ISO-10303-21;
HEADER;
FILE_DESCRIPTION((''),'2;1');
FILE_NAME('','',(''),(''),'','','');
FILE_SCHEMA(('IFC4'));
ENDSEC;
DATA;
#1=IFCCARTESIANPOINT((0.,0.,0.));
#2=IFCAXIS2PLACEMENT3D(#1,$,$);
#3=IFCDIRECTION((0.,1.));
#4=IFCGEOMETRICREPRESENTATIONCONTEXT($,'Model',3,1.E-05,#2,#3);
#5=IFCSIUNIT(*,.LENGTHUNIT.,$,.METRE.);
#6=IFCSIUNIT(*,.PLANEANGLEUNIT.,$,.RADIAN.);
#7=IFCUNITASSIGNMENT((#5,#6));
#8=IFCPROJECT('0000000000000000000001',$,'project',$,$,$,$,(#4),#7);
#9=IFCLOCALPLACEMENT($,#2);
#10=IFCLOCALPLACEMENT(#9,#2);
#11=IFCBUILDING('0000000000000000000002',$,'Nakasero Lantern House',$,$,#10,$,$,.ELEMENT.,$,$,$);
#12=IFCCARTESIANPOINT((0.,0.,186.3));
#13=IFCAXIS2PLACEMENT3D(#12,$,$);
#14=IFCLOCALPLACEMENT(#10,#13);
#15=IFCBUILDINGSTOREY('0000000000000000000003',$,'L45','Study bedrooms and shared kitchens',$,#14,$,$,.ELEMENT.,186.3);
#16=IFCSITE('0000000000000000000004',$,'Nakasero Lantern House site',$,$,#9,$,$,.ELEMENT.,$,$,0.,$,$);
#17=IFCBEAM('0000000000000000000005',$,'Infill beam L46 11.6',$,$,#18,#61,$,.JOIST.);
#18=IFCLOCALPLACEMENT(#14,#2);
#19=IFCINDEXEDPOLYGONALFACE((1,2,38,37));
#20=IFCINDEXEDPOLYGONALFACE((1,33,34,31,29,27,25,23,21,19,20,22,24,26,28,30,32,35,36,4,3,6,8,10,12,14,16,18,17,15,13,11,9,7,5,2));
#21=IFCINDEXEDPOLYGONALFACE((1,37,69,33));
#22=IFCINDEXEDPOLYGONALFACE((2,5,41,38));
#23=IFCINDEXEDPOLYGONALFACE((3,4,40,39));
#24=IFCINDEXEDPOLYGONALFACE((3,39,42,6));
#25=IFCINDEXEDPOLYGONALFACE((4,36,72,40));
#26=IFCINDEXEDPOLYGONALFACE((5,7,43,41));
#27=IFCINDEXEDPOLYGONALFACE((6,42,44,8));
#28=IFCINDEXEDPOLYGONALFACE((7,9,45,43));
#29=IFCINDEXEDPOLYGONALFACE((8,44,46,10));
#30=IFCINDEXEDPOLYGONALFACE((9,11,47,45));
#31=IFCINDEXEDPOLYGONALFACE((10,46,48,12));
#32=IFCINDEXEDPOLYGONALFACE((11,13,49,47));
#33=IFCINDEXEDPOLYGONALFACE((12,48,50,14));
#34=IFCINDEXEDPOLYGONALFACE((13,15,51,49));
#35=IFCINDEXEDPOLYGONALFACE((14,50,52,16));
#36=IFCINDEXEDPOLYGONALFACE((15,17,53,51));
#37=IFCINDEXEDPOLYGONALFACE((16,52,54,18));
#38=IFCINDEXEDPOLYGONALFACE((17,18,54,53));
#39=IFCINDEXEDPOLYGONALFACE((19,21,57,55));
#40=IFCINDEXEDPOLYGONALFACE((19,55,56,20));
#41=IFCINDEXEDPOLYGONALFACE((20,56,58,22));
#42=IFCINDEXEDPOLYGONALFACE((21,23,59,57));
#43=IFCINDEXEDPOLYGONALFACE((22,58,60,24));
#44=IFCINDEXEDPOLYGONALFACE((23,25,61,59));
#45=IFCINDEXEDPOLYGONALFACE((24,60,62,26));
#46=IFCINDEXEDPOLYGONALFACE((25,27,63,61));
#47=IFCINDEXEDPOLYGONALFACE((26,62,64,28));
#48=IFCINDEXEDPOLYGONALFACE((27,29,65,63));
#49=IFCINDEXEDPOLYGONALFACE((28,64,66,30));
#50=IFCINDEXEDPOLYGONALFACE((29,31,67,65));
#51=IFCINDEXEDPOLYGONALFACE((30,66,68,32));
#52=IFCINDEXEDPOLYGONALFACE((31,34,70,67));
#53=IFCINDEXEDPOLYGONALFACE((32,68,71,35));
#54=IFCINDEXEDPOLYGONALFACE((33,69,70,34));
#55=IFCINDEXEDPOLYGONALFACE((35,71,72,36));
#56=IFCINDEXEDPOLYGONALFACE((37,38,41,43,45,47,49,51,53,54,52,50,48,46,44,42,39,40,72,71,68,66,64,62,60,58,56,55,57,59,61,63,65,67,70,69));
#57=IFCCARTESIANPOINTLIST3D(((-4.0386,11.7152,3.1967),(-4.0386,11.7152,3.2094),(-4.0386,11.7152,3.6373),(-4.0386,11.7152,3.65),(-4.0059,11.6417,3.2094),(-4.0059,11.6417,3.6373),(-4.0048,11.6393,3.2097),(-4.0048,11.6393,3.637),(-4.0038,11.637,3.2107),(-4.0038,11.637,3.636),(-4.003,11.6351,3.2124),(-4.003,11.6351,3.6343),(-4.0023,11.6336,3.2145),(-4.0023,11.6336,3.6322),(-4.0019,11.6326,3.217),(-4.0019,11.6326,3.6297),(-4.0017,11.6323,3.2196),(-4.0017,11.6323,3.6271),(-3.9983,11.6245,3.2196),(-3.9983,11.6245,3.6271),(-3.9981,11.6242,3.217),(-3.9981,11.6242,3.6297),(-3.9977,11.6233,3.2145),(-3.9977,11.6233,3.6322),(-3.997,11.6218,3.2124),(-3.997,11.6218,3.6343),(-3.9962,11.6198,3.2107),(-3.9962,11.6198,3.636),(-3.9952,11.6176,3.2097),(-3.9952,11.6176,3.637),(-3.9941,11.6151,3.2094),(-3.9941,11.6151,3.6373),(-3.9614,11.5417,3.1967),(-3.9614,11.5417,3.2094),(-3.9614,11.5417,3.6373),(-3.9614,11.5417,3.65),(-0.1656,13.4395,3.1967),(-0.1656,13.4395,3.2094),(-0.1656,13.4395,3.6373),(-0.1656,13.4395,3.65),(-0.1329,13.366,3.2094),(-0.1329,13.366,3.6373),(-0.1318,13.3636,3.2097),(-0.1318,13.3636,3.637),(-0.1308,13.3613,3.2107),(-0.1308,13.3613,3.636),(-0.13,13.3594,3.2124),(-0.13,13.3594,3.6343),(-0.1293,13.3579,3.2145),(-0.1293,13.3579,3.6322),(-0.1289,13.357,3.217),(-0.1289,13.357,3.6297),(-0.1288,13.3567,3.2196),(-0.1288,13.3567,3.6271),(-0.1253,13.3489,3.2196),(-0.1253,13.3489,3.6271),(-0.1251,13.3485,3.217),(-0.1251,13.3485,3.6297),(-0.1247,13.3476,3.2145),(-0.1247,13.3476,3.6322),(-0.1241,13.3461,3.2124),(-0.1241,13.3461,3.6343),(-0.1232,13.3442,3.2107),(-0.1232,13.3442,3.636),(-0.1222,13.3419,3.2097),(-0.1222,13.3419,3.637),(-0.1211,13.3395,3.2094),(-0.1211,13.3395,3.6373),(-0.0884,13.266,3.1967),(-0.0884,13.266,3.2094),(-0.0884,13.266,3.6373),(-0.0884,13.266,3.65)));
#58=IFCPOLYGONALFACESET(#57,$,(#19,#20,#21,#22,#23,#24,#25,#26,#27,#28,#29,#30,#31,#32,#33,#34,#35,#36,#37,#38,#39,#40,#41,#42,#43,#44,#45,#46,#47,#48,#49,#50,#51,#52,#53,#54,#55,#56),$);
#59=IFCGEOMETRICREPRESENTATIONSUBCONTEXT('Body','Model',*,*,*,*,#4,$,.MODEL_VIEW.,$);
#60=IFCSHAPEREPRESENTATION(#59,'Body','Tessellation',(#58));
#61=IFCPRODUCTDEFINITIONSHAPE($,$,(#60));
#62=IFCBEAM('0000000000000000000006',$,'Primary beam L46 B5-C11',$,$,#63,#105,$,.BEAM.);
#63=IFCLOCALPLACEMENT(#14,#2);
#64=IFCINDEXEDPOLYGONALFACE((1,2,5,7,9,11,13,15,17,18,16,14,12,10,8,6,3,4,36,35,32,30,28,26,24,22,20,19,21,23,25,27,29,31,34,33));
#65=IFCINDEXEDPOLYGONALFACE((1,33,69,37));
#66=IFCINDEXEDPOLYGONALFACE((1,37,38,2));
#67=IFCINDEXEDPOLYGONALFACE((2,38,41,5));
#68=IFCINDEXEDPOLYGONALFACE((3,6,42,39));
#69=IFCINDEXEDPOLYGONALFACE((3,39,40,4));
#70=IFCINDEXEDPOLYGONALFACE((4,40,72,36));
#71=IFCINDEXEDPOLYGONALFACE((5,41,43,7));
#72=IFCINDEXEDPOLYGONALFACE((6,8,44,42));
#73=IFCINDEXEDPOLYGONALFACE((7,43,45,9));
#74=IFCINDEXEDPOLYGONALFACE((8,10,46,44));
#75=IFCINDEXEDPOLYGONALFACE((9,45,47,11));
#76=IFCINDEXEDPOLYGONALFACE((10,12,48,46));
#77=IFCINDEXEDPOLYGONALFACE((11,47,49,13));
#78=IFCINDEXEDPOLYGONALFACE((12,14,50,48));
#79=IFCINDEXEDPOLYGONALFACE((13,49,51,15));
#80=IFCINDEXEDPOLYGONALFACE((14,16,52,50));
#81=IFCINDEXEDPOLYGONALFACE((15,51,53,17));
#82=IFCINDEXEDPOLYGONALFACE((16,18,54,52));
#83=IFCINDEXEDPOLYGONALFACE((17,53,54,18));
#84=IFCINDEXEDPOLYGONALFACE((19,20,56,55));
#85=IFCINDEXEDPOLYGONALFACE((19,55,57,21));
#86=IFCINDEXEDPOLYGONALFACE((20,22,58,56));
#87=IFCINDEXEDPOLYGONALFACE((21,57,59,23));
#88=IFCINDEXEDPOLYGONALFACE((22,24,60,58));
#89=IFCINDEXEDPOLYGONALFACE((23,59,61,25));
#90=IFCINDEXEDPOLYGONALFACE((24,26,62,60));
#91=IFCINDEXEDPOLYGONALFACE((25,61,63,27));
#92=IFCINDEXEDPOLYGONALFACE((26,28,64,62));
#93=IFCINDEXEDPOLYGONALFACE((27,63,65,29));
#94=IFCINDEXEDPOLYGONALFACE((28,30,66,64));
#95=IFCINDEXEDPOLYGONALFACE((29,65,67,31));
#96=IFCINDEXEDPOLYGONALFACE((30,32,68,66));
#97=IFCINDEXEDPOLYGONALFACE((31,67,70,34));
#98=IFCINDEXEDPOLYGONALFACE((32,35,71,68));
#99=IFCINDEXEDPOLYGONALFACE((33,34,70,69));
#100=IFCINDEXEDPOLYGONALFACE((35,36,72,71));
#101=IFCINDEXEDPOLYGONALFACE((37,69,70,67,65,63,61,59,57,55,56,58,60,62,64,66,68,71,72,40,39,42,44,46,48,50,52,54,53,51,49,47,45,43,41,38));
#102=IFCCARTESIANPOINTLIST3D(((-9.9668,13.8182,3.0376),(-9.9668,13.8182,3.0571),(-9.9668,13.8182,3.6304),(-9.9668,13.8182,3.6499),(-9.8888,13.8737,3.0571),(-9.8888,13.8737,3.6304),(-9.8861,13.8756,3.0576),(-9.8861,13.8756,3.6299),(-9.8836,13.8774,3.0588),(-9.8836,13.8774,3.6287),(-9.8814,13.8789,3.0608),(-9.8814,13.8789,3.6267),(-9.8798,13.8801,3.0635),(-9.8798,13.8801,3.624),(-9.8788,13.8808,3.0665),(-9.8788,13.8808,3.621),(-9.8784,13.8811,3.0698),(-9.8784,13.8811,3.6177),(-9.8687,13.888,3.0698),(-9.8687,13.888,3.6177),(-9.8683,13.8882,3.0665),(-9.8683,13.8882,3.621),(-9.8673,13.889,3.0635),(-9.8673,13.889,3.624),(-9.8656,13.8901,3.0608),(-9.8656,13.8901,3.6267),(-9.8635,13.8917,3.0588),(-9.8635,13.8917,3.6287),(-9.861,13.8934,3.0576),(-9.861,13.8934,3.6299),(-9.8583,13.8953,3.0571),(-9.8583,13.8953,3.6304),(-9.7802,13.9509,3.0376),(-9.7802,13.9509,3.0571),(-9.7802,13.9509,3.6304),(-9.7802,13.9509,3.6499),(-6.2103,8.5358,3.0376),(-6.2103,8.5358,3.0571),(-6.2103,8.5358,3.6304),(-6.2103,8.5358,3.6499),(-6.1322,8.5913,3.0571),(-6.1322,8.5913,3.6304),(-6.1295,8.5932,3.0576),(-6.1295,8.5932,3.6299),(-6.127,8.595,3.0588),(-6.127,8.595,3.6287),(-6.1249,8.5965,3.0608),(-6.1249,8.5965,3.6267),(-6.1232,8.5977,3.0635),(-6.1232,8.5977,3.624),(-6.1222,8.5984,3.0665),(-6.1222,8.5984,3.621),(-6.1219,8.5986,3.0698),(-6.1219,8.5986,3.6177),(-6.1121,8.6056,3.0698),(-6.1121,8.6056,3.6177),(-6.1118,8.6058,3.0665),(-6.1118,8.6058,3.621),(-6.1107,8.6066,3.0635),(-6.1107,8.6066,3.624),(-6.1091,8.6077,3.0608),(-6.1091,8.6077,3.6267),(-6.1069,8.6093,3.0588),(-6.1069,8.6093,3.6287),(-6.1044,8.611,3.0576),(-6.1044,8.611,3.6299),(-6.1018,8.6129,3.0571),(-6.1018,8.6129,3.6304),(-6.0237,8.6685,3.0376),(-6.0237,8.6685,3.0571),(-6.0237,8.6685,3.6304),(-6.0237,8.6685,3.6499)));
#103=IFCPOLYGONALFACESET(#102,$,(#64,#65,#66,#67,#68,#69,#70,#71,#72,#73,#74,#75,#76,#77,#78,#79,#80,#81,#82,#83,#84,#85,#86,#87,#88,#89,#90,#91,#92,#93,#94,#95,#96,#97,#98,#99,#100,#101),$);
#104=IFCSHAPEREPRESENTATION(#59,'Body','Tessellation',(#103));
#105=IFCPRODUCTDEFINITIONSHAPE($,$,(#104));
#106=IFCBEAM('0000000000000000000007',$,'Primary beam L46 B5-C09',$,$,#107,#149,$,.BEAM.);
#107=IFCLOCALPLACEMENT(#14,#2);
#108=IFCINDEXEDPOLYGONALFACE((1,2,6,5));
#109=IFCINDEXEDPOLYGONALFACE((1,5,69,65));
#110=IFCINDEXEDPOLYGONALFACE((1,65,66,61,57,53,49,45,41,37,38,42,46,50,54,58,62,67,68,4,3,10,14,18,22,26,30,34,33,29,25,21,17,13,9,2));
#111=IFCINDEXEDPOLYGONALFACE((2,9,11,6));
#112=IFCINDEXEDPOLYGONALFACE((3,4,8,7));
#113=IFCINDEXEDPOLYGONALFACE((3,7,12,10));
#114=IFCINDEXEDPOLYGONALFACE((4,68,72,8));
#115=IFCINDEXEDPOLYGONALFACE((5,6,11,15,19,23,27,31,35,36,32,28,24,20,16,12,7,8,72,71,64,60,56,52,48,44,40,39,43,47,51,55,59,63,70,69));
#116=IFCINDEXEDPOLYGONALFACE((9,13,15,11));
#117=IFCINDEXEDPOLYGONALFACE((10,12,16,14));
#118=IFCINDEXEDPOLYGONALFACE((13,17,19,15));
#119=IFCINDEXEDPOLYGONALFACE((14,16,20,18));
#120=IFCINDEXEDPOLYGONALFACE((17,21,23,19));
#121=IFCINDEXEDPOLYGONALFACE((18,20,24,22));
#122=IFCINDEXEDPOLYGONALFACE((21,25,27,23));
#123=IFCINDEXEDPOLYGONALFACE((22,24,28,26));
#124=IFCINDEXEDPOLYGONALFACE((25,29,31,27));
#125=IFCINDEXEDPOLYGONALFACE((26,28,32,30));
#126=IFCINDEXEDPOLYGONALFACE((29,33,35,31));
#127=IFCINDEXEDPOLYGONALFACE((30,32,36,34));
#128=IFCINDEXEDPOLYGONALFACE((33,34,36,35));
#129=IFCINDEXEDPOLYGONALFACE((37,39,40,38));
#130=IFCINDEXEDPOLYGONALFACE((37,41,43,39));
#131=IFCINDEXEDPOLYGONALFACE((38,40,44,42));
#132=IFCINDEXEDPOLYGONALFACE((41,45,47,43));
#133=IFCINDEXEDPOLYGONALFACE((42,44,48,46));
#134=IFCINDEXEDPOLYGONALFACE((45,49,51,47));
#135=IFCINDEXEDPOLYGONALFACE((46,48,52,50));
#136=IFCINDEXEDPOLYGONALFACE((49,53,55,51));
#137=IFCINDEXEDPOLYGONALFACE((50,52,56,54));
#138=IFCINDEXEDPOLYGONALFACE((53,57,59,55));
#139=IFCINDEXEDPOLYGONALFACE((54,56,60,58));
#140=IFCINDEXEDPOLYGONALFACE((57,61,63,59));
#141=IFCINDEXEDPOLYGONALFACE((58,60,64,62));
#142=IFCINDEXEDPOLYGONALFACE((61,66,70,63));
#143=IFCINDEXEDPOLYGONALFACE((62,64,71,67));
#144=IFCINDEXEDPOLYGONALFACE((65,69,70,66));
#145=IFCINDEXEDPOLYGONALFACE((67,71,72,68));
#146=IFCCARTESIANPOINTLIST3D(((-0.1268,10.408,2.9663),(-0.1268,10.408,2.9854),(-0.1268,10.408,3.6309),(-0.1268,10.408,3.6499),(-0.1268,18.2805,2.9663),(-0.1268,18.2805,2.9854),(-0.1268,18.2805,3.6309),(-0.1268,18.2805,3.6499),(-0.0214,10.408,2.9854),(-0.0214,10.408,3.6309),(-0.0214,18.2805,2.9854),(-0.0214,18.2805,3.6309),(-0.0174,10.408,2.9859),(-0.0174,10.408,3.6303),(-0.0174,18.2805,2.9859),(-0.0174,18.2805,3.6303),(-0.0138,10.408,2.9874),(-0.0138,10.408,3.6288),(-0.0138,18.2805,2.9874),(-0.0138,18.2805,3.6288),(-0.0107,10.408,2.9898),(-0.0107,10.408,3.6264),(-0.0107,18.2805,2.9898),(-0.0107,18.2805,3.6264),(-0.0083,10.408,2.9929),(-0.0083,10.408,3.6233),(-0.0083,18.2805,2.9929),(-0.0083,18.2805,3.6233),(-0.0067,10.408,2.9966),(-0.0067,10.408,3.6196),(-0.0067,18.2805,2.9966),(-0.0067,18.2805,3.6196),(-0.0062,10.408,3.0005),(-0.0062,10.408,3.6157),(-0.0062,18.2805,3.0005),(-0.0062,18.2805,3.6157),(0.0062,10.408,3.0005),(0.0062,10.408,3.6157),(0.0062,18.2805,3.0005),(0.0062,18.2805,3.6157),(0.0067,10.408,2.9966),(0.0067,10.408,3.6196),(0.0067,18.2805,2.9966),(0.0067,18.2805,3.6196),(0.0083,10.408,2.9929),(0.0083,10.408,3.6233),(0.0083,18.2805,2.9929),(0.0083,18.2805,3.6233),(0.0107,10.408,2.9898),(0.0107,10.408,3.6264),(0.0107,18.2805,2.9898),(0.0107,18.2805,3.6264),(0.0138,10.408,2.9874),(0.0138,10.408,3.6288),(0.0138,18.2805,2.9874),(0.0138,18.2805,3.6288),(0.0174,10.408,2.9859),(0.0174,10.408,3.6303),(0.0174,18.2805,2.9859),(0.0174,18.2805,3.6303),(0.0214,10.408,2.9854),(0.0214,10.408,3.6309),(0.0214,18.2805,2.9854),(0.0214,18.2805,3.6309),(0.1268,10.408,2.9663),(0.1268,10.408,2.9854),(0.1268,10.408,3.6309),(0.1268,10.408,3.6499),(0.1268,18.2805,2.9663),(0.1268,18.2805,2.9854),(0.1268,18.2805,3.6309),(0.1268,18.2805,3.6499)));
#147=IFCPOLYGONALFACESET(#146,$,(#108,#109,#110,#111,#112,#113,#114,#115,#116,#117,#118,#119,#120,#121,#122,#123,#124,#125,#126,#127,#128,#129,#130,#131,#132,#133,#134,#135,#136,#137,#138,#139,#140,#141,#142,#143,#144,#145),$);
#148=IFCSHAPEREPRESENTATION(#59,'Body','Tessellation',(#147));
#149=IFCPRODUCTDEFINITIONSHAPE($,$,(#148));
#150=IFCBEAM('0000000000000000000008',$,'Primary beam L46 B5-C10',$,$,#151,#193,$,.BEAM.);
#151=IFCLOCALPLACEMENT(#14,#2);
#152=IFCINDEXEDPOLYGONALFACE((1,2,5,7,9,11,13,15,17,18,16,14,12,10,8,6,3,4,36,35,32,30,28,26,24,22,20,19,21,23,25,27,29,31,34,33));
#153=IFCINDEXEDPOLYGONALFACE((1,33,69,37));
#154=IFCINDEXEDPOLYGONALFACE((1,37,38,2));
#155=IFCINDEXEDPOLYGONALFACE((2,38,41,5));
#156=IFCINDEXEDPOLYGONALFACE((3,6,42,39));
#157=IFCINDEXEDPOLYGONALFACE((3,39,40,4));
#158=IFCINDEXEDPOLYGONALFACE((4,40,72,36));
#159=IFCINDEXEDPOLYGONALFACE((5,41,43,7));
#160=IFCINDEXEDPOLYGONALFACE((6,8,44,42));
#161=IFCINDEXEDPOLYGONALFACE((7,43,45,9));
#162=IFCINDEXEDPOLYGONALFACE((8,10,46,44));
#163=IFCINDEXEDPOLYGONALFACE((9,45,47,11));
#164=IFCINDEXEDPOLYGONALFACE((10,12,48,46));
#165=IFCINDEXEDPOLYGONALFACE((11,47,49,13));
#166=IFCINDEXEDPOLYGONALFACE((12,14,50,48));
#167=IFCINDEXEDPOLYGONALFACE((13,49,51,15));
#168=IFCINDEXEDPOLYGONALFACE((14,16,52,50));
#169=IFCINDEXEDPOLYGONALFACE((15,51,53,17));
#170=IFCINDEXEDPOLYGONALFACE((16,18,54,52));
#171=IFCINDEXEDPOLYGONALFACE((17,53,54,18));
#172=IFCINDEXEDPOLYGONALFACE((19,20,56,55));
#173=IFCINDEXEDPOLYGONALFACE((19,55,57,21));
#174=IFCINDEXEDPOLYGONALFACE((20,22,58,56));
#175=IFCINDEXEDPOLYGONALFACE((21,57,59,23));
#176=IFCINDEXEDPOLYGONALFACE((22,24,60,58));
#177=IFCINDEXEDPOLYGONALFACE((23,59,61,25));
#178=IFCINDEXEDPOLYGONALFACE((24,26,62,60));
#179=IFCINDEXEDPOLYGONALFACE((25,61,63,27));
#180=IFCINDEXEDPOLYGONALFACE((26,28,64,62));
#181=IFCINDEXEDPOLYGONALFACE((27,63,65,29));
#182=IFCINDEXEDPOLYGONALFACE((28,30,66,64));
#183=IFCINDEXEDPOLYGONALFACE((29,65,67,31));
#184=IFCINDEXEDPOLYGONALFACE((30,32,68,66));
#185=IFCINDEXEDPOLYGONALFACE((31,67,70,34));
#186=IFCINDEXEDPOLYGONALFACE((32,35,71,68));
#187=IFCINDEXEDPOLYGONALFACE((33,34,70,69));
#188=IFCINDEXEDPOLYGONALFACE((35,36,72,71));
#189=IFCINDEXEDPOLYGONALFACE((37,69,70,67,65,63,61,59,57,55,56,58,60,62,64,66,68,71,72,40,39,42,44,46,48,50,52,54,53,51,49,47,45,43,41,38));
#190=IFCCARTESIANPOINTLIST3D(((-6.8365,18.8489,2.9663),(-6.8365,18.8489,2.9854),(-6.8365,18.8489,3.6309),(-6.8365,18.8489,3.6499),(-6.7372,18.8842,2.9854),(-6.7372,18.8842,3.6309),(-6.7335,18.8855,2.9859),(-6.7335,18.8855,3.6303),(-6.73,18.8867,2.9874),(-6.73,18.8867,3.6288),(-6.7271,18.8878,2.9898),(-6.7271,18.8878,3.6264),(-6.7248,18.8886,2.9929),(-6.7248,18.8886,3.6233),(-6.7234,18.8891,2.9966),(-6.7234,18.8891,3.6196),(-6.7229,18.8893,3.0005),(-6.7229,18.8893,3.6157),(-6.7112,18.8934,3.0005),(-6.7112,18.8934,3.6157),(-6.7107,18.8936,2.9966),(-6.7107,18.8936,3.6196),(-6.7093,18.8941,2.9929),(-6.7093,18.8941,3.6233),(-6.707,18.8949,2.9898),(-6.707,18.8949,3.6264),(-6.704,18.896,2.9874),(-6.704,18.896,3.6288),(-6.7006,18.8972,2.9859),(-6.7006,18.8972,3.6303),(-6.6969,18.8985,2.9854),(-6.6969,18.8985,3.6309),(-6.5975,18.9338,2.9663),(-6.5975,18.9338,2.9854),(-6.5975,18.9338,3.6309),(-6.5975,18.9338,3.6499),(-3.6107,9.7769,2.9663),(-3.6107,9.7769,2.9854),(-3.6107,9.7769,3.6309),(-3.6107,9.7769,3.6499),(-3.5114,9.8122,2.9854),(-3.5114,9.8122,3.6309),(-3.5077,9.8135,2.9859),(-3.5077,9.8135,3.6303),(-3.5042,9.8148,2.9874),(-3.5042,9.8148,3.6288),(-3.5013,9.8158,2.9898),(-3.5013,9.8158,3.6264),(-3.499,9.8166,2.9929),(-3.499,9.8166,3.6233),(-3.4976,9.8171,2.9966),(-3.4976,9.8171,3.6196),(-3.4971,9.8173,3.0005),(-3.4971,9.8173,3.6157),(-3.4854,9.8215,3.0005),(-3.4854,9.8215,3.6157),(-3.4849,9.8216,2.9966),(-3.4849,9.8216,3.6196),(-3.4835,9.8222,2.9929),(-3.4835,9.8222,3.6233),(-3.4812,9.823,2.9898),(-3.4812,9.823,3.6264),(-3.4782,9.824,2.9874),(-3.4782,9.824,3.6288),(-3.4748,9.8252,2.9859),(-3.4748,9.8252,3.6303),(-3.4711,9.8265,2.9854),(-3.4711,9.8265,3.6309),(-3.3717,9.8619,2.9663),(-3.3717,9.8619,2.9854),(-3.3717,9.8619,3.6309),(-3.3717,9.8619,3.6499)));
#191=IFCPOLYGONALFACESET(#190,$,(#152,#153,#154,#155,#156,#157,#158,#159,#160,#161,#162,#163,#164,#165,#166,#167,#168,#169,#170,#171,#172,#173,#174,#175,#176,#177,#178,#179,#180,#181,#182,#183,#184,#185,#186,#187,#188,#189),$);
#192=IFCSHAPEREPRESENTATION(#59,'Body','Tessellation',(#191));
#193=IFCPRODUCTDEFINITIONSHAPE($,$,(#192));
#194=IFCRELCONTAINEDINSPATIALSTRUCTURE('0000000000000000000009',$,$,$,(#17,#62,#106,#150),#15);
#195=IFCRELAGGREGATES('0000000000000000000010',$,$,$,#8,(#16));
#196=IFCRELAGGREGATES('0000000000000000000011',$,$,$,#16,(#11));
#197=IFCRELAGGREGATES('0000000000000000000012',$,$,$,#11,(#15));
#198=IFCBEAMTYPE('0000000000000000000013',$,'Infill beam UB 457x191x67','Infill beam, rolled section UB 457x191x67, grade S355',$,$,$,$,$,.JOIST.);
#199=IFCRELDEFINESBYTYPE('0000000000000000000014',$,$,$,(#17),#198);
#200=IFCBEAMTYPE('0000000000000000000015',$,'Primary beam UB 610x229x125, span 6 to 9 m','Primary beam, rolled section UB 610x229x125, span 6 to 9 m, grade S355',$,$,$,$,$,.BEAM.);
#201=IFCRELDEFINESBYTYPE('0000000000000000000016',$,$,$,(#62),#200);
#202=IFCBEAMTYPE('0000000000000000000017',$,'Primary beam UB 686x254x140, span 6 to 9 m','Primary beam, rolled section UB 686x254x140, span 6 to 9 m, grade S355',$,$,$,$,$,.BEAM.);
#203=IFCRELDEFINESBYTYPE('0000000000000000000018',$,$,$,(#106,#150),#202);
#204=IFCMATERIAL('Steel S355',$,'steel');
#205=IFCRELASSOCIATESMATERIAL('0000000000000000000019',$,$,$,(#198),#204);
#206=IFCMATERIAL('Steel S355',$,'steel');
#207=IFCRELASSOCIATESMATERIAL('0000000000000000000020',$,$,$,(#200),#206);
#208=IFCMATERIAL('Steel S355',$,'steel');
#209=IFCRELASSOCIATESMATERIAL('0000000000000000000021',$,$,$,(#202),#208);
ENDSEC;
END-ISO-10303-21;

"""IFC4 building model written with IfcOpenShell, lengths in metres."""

from ifc_helpers import new_model, si_unit, direction, frame, origin, origin_2d, place, context, subcontext, project, spatial, i_section, extrude, material, material_profile, profile_set, type_object, element, save


model = new_model("IFC4")

# Units and contexts
model_context = context("Model", 3, precision=1e-05, world=origin(), true_north=direction((0.0, 1.0)))
body_context = subcontext(model_context, "Body", "Model", "MODEL_VIEW")
ifc_project = project(units=[si_unit("LENGTHUNIT", "METRE"), si_unit("PLANEANGLEUNIT", "RADIAN")], contexts=[model_context])

# Site, building, storey
site_placement = place(None, origin())
site = spatial("IfcSite", under=ifc_project, at=site_placement, Name="Nakasero Lantern House site", CompositionType="ELEMENT", RefElevation=0.0)
building_placement = place(site_placement, origin())
building = spatial("IfcBuilding", under=site, at=building_placement, Name="Nakasero Lantern House", CompositionType="ELEMENT")
storey_placement = place(building_placement, frame((0.0, 0.0, 186.3)))
storey = spatial("IfcBuildingStorey", under=building, at=storey_placement, Name="L45", Description="Study bedrooms and shared kitchens", CompositionType="ELEMENT", Elevation=186.3)

# Beams
ifc_material_1 = material(Name="Steel S355", Category="steel")
ifc_material_profile_1 = material_profile(ifc_material_1, i_section(OverallWidth=0.1899, OverallDepth=0.4534, WebThickness=0.0085, FlangeThickness=0.0127, FilletRadius=0.0103, at=origin_2d()), Name="UB 457x191x67")
ifc_profile_set_1 = profile_set([ifc_material_profile_1], Name="Steel S355")
beam_type_1 = type_object("IfcBeamType", Name="Infill beam UB 457x191x67", Description="Infill beam, rolled section UB 457x191x67, grade S355", PredefinedType="JOIST", material=ifc_profile_set_1)
beam_1_placement = place(storey_placement, frame((-4.0, 11.6284, 3.4233), z_axis=(0.913548, 0.406731, 0.0), x_axis=(-0.406731, 0.913548, 0.0)))
element("IfcBeam", 1, at=beam_1_placement, inside=storey, type_object=beam_type_1, Name="Infill beam L46 11.6", PredefinedType="JOIST", context=body_context, shape_type="SweptSolid", body=[
    extrude(i_section(OverallWidth=0.1899, OverallDepth=0.4534, WebThickness=0.0085, FlangeThickness=0.0127, FilletRadius=0.0103, at=origin_2d()), origin(), (0.0, 0.0, 1.0), 4.2395),
])
ifc_material_2 = material(Name="Steel S355", Category="steel")
ifc_material_profile_2 = material_profile(ifc_material_2, i_section(OverallWidth=0.229, OverallDepth=0.6123, WebThickness=0.012, FlangeThickness=0.0195, FilletRadius=0.0127, at=origin_2d()), Name="UB 610x229x125")
ifc_profile_set_2 = profile_set([ifc_material_profile_2], Name="Steel S355")
beam_type_2 = type_object("IfcBeamType", Name="Primary beam UB 610x229x125, span 6 to 9 m", Description="Primary beam, rolled section UB 610x229x125, span 6 to 9 m, grade S355", PredefinedType="BEAM", material=ifc_profile_set_2)
beam_2_placement = place(storey_placement, frame((-9.8735, 13.8845, 3.3438), z_axis=(0.579541, -0.814943, 0.0), x_axis=(0.814943, 0.579541, 0.0)))
element("IfcBeam", 2, at=beam_2_placement, inside=storey, type_object=beam_type_2, Name="Primary beam L46 B5-C11", PredefinedType="BEAM", context=body_context, shape_type="SweptSolid", body=[
    extrude(i_section(OverallWidth=0.229, OverallDepth=0.6123, WebThickness=0.012, FlangeThickness=0.0195, FilletRadius=0.0127, at=origin_2d()), origin(), (0.0, 0.0, 1.0), 6.4819),
])
ifc_material_3 = material(Name="Steel S355", Category="steel")
ifc_material_profile_3 = material_profile(ifc_material_3, i_section(OverallWidth=0.2537, OverallDepth=0.6836, WebThickness=0.0125, FlangeThickness=0.019, FilletRadius=0.0151, at=origin_2d()), Name="UB 686x254x140")
ifc_profile_set_3 = profile_set([ifc_material_profile_3], Name="Steel S355")
beam_type_3 = type_object("IfcBeamType", Name="Primary beam UB 686x254x140, span 6 to 9 m", Description="Primary beam, rolled section UB 686x254x140, span 6 to 9 m, grade S355", PredefinedType="BEAM", material=ifc_profile_set_3)
beam_3_placement = place(storey_placement, frame((0.0, 18.2805, 3.3081), z_axis=(0.0, -1.0, 0.0), x_axis=(1.0, 0.0, 0.0)))
element("IfcBeam", 3, at=beam_3_placement, inside=storey, type_object=beam_type_3, Name="Primary beam L46 B5-C09", PredefinedType="BEAM", context=body_context, shape_type="SweptSolid", body=[
    extrude(i_section(OverallWidth=0.2537, OverallDepth=0.6836, WebThickness=0.0125, FlangeThickness=0.019, FilletRadius=0.0151, at=origin_2d()), origin(), (0.0, 0.0, 1.0), 7.8726),
])
beam_4_placement = place(storey_placement, frame((-6.717, 18.8914, 3.3081), z_axis=(0.33503, -0.942207, 0.0), x_axis=(0.942207, 0.33503, 0.0)))
element("IfcBeam", 4, at=beam_4_placement, inside=storey, type_object=beam_type_3, Name="Primary beam L46 B5-C10", PredefinedType="BEAM", context=body_context, shape_type="SweptSolid", body=[
    extrude(i_section(OverallWidth=0.2537, OverallDepth=0.6836, WebThickness=0.0125, FlangeThickness=0.019, FilletRadius=0.0151, at=origin_2d()), origin(), (0.0, 0.0, 1.0), 9.6284),
])

save(model, "model.ifc")
